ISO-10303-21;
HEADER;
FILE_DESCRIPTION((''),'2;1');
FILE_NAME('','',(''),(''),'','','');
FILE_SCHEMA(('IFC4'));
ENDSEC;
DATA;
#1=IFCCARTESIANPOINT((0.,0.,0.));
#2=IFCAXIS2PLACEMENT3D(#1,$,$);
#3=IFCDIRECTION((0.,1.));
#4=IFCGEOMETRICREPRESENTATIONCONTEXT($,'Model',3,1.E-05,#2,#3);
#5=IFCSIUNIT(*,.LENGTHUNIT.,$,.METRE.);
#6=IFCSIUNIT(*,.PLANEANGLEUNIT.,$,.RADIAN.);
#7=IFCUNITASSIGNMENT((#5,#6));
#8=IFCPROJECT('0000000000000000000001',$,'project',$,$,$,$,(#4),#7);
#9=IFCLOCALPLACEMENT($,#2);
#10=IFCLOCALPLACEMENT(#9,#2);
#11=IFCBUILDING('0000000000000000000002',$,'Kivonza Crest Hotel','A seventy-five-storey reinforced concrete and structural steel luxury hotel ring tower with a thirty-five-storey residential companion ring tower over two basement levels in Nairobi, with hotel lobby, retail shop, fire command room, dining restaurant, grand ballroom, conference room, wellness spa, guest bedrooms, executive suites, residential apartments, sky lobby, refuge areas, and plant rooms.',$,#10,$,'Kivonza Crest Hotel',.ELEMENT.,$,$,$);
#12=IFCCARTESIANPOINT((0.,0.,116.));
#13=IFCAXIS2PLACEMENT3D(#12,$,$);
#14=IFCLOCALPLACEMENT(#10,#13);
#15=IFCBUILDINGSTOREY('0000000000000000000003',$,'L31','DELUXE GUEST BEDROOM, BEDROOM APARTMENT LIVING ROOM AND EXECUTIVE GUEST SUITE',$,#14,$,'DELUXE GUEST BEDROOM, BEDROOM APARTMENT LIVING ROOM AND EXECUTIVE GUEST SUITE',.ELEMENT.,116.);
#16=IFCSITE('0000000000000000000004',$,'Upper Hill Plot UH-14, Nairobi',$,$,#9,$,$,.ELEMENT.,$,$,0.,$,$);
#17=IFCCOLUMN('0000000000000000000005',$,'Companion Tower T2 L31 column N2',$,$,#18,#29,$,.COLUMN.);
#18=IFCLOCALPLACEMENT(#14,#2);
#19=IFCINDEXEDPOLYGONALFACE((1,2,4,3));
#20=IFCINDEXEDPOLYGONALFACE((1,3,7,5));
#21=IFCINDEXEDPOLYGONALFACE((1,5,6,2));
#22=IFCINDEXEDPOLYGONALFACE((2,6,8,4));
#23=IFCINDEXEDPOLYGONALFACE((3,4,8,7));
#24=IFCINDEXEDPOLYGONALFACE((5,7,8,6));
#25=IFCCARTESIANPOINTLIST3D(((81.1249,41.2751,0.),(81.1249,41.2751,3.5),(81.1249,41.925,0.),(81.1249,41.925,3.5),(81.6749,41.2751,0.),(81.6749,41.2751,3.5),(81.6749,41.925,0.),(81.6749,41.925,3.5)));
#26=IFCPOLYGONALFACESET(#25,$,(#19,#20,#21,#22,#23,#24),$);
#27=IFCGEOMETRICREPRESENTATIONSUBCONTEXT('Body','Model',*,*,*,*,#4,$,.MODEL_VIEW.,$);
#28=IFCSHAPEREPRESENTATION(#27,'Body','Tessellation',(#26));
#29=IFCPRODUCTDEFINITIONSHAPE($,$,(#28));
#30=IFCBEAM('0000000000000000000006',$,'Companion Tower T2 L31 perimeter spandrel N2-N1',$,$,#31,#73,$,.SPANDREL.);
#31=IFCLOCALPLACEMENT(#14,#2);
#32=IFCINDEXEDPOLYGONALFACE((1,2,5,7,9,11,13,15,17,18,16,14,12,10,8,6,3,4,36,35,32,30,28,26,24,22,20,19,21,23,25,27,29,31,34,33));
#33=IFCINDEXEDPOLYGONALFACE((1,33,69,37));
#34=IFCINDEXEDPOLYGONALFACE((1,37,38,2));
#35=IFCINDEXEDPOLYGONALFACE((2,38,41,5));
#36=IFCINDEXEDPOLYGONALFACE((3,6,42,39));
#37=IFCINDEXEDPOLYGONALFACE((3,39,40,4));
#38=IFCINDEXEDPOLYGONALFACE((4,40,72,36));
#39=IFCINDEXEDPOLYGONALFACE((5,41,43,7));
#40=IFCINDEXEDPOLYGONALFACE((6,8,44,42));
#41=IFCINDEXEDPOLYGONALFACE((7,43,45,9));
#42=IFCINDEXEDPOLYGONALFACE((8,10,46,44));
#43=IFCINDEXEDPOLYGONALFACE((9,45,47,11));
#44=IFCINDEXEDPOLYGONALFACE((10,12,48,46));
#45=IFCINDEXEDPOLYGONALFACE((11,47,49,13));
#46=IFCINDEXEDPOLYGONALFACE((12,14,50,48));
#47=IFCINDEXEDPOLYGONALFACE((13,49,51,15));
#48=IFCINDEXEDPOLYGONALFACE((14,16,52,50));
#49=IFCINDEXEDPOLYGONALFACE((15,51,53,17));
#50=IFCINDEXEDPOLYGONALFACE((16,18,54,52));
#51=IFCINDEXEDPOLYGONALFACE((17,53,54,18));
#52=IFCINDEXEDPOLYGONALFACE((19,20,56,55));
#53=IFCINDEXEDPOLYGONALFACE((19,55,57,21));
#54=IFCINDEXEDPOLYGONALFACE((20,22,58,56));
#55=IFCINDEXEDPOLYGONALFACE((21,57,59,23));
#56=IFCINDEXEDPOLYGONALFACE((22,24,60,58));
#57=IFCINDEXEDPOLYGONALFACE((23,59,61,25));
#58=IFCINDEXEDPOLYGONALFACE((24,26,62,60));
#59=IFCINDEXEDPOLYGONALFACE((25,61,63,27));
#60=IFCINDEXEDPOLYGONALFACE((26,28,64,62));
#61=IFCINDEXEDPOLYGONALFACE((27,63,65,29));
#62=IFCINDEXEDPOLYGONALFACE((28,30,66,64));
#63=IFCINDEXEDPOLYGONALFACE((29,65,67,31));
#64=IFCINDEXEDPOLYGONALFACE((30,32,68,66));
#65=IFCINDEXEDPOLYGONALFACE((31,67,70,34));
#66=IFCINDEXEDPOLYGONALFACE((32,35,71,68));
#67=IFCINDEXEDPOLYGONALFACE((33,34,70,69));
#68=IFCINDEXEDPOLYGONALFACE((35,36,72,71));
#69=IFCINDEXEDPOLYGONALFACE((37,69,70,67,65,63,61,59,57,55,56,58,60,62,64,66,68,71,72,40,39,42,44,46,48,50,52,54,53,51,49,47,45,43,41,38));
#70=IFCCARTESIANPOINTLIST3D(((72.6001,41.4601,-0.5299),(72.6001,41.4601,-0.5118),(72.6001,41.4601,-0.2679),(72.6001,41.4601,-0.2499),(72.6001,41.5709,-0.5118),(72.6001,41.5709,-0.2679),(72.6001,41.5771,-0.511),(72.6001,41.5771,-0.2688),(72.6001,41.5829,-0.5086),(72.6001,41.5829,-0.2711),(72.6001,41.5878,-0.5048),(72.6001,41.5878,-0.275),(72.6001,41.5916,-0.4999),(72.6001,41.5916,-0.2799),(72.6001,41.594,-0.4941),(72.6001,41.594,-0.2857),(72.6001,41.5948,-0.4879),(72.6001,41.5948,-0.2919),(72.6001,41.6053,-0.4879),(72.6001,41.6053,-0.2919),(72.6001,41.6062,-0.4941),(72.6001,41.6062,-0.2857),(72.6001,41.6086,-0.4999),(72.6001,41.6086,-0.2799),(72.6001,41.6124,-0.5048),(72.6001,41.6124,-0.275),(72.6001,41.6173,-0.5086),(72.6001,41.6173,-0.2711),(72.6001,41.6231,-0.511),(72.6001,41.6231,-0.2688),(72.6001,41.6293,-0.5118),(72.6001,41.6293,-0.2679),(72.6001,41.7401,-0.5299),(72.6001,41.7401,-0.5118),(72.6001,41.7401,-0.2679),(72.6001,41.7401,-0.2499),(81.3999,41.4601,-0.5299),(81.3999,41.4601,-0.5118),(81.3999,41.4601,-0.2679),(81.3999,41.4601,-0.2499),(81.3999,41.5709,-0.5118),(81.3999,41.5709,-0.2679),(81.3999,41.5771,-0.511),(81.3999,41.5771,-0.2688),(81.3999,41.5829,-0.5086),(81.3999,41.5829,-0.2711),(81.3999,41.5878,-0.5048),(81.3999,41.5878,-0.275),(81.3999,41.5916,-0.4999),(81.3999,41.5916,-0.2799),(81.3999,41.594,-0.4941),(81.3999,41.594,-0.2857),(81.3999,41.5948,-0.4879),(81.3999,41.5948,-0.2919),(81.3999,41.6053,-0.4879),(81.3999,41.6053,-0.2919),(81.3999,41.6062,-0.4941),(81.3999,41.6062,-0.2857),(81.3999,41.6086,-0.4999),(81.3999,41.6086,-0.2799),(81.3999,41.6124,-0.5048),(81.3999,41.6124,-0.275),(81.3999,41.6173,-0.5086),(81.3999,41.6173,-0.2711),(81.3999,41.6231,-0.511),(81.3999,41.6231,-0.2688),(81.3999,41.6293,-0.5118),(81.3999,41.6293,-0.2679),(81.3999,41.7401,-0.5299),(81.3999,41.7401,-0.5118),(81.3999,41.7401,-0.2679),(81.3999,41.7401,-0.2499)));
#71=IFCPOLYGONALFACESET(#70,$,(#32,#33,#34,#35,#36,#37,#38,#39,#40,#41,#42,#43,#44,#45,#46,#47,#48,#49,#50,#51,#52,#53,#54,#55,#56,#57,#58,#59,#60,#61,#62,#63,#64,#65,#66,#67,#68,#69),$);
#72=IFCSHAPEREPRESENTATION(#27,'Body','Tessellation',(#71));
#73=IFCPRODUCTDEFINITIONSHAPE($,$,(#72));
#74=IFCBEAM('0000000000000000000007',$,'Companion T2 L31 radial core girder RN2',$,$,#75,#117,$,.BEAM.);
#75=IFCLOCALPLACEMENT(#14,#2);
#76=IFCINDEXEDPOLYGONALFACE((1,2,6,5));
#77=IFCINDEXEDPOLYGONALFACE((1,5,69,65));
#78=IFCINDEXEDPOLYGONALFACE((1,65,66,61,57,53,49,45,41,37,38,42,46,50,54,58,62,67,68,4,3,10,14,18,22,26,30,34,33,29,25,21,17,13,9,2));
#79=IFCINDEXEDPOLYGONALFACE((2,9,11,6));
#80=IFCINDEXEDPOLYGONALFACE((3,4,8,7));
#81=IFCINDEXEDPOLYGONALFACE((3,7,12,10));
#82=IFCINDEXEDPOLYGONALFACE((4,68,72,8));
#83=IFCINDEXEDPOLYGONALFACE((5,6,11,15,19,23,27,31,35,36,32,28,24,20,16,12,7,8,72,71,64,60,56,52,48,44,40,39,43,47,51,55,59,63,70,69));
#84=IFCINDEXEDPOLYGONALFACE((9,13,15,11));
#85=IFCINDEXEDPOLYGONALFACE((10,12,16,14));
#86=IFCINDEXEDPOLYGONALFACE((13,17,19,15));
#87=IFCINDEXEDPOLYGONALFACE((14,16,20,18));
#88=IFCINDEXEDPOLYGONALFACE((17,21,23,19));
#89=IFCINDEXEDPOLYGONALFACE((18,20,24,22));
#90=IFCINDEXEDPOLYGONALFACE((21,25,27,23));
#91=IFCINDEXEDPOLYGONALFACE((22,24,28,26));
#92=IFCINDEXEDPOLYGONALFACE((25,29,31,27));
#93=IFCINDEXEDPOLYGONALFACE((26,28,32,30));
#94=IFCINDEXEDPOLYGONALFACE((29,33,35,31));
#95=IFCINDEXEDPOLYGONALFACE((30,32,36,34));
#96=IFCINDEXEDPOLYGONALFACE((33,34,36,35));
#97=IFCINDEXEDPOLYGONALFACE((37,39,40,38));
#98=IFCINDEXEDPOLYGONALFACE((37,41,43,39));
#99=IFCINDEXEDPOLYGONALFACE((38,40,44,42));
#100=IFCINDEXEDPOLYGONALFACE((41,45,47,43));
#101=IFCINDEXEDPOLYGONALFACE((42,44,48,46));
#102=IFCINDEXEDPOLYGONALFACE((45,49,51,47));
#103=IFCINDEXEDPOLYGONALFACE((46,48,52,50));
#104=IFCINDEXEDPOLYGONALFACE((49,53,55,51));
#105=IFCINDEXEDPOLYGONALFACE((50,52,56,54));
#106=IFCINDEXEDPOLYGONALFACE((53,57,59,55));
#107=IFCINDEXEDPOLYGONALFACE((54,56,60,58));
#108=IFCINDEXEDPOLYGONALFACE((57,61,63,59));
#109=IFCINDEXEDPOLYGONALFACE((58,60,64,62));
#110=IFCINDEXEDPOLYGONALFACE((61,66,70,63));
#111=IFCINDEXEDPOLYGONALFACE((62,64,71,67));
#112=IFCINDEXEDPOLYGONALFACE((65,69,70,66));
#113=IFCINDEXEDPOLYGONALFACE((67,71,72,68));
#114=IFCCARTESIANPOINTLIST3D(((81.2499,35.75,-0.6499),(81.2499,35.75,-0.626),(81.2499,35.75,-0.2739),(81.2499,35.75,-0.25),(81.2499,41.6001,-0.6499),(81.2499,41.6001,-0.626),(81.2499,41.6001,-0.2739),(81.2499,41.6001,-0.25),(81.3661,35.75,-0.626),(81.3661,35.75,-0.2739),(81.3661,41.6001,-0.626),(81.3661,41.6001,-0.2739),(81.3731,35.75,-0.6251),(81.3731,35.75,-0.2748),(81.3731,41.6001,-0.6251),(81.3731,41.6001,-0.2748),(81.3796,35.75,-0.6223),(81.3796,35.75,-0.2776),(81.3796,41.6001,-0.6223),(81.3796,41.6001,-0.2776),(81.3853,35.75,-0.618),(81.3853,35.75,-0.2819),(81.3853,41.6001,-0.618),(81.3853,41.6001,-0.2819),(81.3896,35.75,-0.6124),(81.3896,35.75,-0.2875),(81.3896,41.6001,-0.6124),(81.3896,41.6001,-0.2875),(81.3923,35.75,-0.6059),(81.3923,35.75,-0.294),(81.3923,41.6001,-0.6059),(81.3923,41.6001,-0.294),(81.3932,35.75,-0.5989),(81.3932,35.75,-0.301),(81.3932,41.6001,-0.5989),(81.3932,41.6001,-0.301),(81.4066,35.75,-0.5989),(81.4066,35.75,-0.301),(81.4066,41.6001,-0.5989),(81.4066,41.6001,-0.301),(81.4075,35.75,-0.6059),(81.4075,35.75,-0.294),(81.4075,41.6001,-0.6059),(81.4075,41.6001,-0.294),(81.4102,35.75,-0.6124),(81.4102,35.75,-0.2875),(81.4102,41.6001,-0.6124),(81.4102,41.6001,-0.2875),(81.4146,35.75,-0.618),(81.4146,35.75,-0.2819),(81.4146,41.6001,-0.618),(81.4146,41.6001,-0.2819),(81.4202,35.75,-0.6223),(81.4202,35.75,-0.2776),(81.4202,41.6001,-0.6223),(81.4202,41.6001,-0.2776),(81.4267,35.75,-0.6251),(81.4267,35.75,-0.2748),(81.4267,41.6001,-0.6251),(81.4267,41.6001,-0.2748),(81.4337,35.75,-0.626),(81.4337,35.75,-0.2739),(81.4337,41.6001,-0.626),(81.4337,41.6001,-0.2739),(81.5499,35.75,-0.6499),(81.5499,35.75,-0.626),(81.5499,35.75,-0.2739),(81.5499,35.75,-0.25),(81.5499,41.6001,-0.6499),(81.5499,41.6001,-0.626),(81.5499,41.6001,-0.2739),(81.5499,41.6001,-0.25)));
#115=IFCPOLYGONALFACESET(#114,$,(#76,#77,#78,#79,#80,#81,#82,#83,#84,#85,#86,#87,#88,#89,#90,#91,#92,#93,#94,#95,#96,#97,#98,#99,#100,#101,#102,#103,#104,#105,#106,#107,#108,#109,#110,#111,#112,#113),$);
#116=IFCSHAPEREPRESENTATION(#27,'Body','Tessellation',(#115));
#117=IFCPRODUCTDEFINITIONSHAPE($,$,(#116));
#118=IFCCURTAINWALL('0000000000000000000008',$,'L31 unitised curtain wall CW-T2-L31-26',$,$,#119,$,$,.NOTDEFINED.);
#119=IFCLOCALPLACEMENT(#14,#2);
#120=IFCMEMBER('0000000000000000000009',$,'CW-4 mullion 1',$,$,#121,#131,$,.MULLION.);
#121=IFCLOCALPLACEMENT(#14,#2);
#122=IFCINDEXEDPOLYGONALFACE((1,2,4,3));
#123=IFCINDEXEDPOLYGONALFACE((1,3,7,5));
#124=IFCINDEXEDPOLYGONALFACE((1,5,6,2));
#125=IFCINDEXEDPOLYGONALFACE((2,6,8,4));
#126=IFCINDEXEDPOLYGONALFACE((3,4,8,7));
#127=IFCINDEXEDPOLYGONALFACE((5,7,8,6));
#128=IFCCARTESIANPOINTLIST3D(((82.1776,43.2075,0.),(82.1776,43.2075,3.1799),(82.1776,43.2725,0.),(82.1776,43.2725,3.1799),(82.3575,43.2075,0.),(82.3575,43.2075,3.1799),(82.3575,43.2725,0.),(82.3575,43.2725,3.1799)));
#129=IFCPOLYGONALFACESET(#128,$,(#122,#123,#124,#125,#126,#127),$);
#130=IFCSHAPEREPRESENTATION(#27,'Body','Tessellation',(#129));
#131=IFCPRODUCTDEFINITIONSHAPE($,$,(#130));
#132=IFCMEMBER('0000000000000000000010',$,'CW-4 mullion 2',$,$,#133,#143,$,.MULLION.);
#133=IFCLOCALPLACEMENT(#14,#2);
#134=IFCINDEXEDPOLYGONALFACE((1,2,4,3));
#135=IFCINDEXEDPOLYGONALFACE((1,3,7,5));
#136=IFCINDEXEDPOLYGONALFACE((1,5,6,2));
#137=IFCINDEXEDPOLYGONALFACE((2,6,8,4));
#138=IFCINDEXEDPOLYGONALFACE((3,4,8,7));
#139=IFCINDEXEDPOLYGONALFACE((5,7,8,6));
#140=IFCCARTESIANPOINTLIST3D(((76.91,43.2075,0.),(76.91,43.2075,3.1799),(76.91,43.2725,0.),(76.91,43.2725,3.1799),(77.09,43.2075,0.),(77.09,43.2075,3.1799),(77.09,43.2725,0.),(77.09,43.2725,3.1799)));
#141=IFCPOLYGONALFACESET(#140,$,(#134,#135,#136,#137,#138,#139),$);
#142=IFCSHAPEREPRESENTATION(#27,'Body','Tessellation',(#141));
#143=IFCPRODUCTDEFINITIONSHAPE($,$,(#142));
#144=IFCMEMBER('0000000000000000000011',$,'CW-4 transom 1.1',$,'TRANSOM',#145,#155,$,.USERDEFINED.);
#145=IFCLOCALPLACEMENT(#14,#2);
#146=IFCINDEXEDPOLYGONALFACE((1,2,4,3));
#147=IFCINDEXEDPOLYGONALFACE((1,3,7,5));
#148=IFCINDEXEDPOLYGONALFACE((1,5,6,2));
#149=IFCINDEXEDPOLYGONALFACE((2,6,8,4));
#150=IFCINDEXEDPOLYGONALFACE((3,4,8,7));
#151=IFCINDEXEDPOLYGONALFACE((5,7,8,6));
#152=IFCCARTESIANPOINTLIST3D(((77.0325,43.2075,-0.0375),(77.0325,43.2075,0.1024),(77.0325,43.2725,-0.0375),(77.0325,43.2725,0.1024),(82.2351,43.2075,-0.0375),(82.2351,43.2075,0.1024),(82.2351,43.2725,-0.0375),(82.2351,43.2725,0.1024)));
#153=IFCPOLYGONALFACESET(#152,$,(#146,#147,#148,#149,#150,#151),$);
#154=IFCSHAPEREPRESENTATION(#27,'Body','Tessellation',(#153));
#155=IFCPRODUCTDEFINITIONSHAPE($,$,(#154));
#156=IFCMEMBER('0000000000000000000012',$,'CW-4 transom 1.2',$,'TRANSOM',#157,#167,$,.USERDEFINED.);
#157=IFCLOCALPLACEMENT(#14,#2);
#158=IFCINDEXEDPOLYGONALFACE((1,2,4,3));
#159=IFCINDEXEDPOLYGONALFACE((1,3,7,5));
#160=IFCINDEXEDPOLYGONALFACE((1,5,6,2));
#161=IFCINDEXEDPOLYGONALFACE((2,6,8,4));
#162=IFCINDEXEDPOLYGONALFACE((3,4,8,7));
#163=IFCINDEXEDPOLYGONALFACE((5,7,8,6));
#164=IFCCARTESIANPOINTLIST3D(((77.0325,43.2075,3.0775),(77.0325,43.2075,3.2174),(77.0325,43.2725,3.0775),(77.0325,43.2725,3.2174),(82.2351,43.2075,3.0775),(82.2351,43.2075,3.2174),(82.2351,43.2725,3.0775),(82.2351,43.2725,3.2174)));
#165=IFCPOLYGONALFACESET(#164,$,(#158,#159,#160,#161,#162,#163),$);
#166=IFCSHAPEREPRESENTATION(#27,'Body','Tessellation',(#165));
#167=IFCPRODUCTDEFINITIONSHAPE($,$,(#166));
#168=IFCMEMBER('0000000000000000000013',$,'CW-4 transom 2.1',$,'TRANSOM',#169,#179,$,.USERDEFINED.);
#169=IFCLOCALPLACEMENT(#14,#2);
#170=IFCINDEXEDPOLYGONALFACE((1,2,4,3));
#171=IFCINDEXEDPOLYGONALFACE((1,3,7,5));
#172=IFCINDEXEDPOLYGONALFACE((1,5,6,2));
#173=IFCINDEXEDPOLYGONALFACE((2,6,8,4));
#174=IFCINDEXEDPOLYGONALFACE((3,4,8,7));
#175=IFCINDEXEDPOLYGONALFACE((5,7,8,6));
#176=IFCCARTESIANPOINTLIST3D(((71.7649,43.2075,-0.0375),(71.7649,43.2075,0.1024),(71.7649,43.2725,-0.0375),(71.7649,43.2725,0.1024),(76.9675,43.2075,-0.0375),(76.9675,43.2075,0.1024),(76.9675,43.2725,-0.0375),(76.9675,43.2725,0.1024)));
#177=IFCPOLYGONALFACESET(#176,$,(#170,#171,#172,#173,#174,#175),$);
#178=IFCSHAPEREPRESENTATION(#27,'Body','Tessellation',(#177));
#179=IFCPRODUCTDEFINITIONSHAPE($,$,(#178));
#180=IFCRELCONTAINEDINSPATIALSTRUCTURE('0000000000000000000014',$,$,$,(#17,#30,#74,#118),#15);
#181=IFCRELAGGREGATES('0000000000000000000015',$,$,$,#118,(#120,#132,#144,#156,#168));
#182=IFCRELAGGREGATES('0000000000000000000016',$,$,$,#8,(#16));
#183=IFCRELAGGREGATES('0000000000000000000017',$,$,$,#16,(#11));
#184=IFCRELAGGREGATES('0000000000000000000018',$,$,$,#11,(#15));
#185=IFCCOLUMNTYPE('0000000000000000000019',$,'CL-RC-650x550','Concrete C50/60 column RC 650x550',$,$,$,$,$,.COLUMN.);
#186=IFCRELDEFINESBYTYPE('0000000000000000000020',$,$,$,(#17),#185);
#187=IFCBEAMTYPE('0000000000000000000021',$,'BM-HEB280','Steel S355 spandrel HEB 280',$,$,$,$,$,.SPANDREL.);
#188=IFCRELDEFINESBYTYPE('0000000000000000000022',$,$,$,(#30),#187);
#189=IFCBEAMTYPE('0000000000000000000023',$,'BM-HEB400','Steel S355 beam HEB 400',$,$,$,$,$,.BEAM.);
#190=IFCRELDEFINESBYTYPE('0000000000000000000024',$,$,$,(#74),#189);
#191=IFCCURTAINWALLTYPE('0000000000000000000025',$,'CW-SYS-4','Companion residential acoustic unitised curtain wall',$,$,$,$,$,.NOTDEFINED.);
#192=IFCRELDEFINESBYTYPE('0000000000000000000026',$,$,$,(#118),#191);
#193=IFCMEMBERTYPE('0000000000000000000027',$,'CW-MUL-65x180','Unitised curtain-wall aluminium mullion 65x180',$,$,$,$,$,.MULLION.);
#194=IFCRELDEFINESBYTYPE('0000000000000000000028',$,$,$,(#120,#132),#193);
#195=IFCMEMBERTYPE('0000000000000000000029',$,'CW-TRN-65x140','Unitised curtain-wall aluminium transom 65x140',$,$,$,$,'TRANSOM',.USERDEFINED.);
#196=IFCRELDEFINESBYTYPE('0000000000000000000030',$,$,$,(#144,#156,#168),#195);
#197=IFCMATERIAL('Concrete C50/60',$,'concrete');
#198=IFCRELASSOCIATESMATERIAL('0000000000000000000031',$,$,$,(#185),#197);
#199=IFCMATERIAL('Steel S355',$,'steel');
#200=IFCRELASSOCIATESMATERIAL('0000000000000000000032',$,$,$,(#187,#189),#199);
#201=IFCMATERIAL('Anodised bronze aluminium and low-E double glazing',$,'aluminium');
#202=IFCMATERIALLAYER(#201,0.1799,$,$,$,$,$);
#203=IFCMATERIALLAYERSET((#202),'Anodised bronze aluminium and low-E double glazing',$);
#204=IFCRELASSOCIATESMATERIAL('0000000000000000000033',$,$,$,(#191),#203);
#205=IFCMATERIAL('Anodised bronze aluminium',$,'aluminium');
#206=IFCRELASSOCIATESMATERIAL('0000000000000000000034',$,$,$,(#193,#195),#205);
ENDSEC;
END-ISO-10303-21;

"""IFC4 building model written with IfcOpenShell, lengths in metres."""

from ifc_helpers import new_model, si_unit, direction, frame, origin, origin_2d, place, context, subcontext, project, spatial, rectangle, i_section, extrude, material, layer, layer_set, material_profile, profile_set, type_object, element, aggregate, save


model = new_model("IFC4")

# Units and contexts
model_context = context("Model", 3, precision=1e-05, world=origin(), true_north=direction((0.0, 1.0)))
body_context = subcontext(model_context, "Body", "Model", "MODEL_VIEW")
ifc_project = project(units=[si_unit("LENGTHUNIT", "METRE"), si_unit("PLANEANGLEUNIT", "RADIAN")], contexts=[model_context])

# Site, building, storey
site_placement = place(None, origin())
site = spatial("IfcSite", under=ifc_project, at=site_placement, Name="Upper Hill Plot UH-14, Nairobi", CompositionType="ELEMENT", RefElevation=0.0)
building_placement = place(site_placement, origin())
building = spatial("IfcBuilding", under=site, at=building_placement, Name="Kivonza Crest Hotel", Description="A seventy-five-storey reinforced concrete and structural steel luxury hotel ring tower with a thirty-five-storey residential companion ring tower over two basement levels in Nairobi, with hotel lobby, retail shop, fire command room, dining restaurant, grand ballroom, conference room, wellness spa, guest bedrooms, executive suites, residential apartments, sky lobby, refuge areas, and plant rooms.", LongName="Kivonza Crest Hotel", CompositionType="ELEMENT")
storey_placement = place(building_placement, frame((0.0, 0.0, 116.0)))
storey = spatial("IfcBuildingStorey", under=building, at=storey_placement, Name="L31", Description="DELUXE GUEST BEDROOM, BEDROOM APARTMENT LIVING ROOM AND EXECUTIVE GUEST SUITE", LongName="DELUXE GUEST BEDROOM, BEDROOM APARTMENT LIVING ROOM AND EXECUTIVE GUEST SUITE", CompositionType="ELEMENT", Elevation=116.0)

# Column
ifc_material_1 = material(Name="Concrete C50/60", Category="concrete")
ifc_material_profile_1 = material_profile(ifc_material_1, rectangle(XDim=0.55, YDim=0.6499, at=origin_2d()), Name="RC 650x550")
ifc_profile_set_1 = profile_set([ifc_material_profile_1], Name="Concrete C50/60")
column_type = type_object("IfcColumnType", Name="CL-RC-650x550", Description="Concrete C50/60 column RC 650x550", PredefinedType="COLUMN", material=ifc_profile_set_1)
column_placement = place(storey_placement, frame((81.3999, 41.6001, 0.0), z_axis=(0.0, 0.0, 1.0), x_axis=(1.0, 0.0, 0.0)))
element("IfcColumn", 1, at=column_placement, inside=storey, type_object=column_type, Name="Companion Tower T2 L31 column N2", PredefinedType="COLUMN", context=body_context, shape_type="SweptSolid", body=[
    extrude(rectangle(XDim=0.55, YDim=0.6499, at=origin_2d()), origin(), (0.0, 0.0, 1.0), 3.5),
])

# Beams
ifc_material_2 = material(Name="Steel S355", Category="steel")
ifc_material_profile_2 = material_profile(ifc_material_2, i_section(OverallWidth=0.28, OverallDepth=0.28, WebThickness=0.0105, FlangeThickness=0.0181, FilletRadius=0.0239, at=origin_2d()), Name="HEB 280")
ifc_profile_set_2 = profile_set([ifc_material_profile_2], Name="Steel S355")
beam_type_1 = type_object("IfcBeamType", Name="BM-HEB280", Description="Steel S355 spandrel HEB 280", PredefinedType="SPANDREL", material=ifc_profile_set_2)
beam_1_placement = place(storey_placement, frame((81.3999, 41.6001, -0.3899), z_axis=(-1.0, 0.0, 0.0), x_axis=(0.0, -1.0, 0.0)))
element("IfcBeam", 2, at=beam_1_placement, inside=storey, type_object=beam_type_1, Name="Companion Tower T2 L31 perimeter spandrel N2-N1", PredefinedType="SPANDREL", context=body_context, shape_type="SweptSolid", body=[
    extrude(i_section(OverallWidth=0.28, OverallDepth=0.28, WebThickness=0.0105, FlangeThickness=0.0181, FilletRadius=0.0239, at=origin_2d()), origin(), (0.0, 0.0, 1.0), 8.7998),
])
ifc_material_profile_3 = material_profile(ifc_material_2, i_section(OverallWidth=0.3, OverallDepth=0.3999, WebThickness=0.0134, FlangeThickness=0.0239, FilletRadius=0.0271, at=origin_2d()), Name="HEB 400")
ifc_profile_set_3 = profile_set([ifc_material_profile_3], Name="Steel S355")
beam_type_2 = type_object("IfcBeamType", Name="BM-HEB400", Description="Steel S355 beam HEB 400", PredefinedType="BEAM", material=ifc_profile_set_3)
beam_2_placement = place(storey_placement, frame((81.3999, 41.6001, -0.45), z_axis=(0.0, -1.0, 0.0), x_axis=(1.0, 0.0, 0.0)))
element("IfcBeam", 3, at=beam_2_placement, inside=storey, type_object=beam_type_2, Name="Companion T2 L31 radial core girder RN2", PredefinedType="BEAM", context=body_context, shape_type="SweptSolid", body=[
    extrude(i_section(OverallWidth=0.3, OverallDepth=0.3999, WebThickness=0.0134, FlangeThickness=0.0239, FilletRadius=0.0271, at=origin_2d()), origin(), (0.0, 0.0, 1.0), 5.8501),
])

# Curtain wall, members
ifc_material_3 = material(Name="Anodised bronze aluminium and low-E double glazing", Category="aluminium")
ifc_layer_1 = layer(ifc_material_3, 0.1799)
ifc_layer_set_1 = layer_set([ifc_layer_1], Name="Anodised bronze aluminium and low-E double glazing")
curtain_wall_type = type_object("IfcCurtainWallType", Name="CW-SYS-4", Description="Companion residential acoustic unitised curtain wall", PredefinedType="NOTDEFINED", material=ifc_layer_set_1)
curtain_wall_placement = place(storey_placement, origin())
curtain_wall = element("IfcCurtainWall", 4, at=curtain_wall_placement, inside=storey, type_object=curtain_wall_type, Name="L31 unitised curtain wall CW-T2-L31-26", PredefinedType="NOTDEFINED")
ifc_material_4 = material(Name="Anodised bronze aluminium", Category="aluminium")
ifc_material_profile_4 = material_profile(ifc_material_4, rectangle(XDim=0.0649, YDim=0.1799, at=origin_2d()), Name="CW-M 65x180")
ifc_profile_set_4 = profile_set([ifc_material_profile_4], Name="Anodised bronze aluminium")
member_type_1 = type_object("IfcMemberType", Name="CW-MUL-65x180", Description="Unitised curtain-wall aluminium mullion 65x180", PredefinedType="MULLION", material=ifc_profile_set_4)
member_1_placement = place(storey_placement, frame((82.2676, 43.24, 0.0), z_axis=(0.0, 0.0, 1.0), x_axis=(0.0, -1.0, 0.0)))
member_1 = element("IfcMember", 5, at=member_1_placement, type_object=member_type_1, Name="CW-4 mullion 1", PredefinedType="MULLION", context=body_context, shape_type="SweptSolid", body=[
    extrude(rectangle(XDim=0.0649, YDim=0.1799, at=origin_2d()), origin(), (0.0, 0.0, 1.0), 3.1799),
])
member_2_placement = place(storey_placement, frame((77.0, 43.24, 0.0), z_axis=(0.0, 0.0, 1.0), x_axis=(0.0, -1.0, 0.0)))
member_2 = element("IfcMember", 6, at=member_2_placement, type_object=member_type_1, Name="CW-4 mullion 2", PredefinedType="MULLION", context=body_context, shape_type="SweptSolid", body=[
    extrude(rectangle(XDim=0.0649, YDim=0.1799, at=origin_2d()), origin(), (0.0, 0.0, 1.0), 3.1799),
])
ifc_material_profile_5 = material_profile(ifc_material_4, rectangle(XDim=0.0649, YDim=0.1399, at=origin_2d()), Name="CW-T 65x140")
ifc_profile_set_5 = profile_set([ifc_material_profile_5], Name="Anodised bronze aluminium")
member_type_2 = type_object("IfcMemberType", Name="CW-TRN-65x140", Description="Unitised curtain-wall aluminium transom 65x140", ElementType="TRANSOM", PredefinedType="USERDEFINED", material=ifc_profile_set_5)
member_3_placement = place(storey_placement, frame((82.2351, 43.24, 0.0325), z_axis=(-1.0, 0.0, 0.0), x_axis=(0.0, -1.0, 0.0)))
member_3 = element("IfcMember", 7, at=member_3_placement, type_object=member_type_2, Name="CW-4 transom 1.1", ObjectType="TRANSOM", PredefinedType="USERDEFINED", context=body_context, shape_type="SweptSolid", body=[
    extrude(rectangle(XDim=0.0649, YDim=0.1399, at=origin_2d()), origin(), (0.0, 0.0, 1.0), 5.2026),
])
member_4_placement = place(storey_placement, frame((82.2351, 43.24, 3.1475), z_axis=(-1.0, 0.0, 0.0), x_axis=(0.0, -1.0, 0.0)))
member_4 = element("IfcMember", 8, at=member_4_placement, type_object=member_type_2, Name="CW-4 transom 1.2", ObjectType="TRANSOM", PredefinedType="USERDEFINED", context=body_context, shape_type="SweptSolid", body=[
    extrude(rectangle(XDim=0.0649, YDim=0.1399, at=origin_2d()), origin(), (0.0, 0.0, 1.0), 5.2026),
])
member_5_placement = place(storey_placement, frame((76.9675, 43.24, 0.0325), z_axis=(-1.0, 0.0, 0.0), x_axis=(0.0, -1.0, 0.0)))
member_5 = element("IfcMember", 9, at=member_5_placement, type_object=member_type_2, Name="CW-4 transom 2.1", ObjectType="TRANSOM", PredefinedType="USERDEFINED", context=body_context, shape_type="SweptSolid", body=[
    extrude(rectangle(XDim=0.0649, YDim=0.1399, at=origin_2d()), origin(), (0.0, 0.0, 1.0), 5.2026),
])
aggregate(curtain_wall, [member_1, member_2, member_3, member_4, member_5])

save(model, "model.ifc")
